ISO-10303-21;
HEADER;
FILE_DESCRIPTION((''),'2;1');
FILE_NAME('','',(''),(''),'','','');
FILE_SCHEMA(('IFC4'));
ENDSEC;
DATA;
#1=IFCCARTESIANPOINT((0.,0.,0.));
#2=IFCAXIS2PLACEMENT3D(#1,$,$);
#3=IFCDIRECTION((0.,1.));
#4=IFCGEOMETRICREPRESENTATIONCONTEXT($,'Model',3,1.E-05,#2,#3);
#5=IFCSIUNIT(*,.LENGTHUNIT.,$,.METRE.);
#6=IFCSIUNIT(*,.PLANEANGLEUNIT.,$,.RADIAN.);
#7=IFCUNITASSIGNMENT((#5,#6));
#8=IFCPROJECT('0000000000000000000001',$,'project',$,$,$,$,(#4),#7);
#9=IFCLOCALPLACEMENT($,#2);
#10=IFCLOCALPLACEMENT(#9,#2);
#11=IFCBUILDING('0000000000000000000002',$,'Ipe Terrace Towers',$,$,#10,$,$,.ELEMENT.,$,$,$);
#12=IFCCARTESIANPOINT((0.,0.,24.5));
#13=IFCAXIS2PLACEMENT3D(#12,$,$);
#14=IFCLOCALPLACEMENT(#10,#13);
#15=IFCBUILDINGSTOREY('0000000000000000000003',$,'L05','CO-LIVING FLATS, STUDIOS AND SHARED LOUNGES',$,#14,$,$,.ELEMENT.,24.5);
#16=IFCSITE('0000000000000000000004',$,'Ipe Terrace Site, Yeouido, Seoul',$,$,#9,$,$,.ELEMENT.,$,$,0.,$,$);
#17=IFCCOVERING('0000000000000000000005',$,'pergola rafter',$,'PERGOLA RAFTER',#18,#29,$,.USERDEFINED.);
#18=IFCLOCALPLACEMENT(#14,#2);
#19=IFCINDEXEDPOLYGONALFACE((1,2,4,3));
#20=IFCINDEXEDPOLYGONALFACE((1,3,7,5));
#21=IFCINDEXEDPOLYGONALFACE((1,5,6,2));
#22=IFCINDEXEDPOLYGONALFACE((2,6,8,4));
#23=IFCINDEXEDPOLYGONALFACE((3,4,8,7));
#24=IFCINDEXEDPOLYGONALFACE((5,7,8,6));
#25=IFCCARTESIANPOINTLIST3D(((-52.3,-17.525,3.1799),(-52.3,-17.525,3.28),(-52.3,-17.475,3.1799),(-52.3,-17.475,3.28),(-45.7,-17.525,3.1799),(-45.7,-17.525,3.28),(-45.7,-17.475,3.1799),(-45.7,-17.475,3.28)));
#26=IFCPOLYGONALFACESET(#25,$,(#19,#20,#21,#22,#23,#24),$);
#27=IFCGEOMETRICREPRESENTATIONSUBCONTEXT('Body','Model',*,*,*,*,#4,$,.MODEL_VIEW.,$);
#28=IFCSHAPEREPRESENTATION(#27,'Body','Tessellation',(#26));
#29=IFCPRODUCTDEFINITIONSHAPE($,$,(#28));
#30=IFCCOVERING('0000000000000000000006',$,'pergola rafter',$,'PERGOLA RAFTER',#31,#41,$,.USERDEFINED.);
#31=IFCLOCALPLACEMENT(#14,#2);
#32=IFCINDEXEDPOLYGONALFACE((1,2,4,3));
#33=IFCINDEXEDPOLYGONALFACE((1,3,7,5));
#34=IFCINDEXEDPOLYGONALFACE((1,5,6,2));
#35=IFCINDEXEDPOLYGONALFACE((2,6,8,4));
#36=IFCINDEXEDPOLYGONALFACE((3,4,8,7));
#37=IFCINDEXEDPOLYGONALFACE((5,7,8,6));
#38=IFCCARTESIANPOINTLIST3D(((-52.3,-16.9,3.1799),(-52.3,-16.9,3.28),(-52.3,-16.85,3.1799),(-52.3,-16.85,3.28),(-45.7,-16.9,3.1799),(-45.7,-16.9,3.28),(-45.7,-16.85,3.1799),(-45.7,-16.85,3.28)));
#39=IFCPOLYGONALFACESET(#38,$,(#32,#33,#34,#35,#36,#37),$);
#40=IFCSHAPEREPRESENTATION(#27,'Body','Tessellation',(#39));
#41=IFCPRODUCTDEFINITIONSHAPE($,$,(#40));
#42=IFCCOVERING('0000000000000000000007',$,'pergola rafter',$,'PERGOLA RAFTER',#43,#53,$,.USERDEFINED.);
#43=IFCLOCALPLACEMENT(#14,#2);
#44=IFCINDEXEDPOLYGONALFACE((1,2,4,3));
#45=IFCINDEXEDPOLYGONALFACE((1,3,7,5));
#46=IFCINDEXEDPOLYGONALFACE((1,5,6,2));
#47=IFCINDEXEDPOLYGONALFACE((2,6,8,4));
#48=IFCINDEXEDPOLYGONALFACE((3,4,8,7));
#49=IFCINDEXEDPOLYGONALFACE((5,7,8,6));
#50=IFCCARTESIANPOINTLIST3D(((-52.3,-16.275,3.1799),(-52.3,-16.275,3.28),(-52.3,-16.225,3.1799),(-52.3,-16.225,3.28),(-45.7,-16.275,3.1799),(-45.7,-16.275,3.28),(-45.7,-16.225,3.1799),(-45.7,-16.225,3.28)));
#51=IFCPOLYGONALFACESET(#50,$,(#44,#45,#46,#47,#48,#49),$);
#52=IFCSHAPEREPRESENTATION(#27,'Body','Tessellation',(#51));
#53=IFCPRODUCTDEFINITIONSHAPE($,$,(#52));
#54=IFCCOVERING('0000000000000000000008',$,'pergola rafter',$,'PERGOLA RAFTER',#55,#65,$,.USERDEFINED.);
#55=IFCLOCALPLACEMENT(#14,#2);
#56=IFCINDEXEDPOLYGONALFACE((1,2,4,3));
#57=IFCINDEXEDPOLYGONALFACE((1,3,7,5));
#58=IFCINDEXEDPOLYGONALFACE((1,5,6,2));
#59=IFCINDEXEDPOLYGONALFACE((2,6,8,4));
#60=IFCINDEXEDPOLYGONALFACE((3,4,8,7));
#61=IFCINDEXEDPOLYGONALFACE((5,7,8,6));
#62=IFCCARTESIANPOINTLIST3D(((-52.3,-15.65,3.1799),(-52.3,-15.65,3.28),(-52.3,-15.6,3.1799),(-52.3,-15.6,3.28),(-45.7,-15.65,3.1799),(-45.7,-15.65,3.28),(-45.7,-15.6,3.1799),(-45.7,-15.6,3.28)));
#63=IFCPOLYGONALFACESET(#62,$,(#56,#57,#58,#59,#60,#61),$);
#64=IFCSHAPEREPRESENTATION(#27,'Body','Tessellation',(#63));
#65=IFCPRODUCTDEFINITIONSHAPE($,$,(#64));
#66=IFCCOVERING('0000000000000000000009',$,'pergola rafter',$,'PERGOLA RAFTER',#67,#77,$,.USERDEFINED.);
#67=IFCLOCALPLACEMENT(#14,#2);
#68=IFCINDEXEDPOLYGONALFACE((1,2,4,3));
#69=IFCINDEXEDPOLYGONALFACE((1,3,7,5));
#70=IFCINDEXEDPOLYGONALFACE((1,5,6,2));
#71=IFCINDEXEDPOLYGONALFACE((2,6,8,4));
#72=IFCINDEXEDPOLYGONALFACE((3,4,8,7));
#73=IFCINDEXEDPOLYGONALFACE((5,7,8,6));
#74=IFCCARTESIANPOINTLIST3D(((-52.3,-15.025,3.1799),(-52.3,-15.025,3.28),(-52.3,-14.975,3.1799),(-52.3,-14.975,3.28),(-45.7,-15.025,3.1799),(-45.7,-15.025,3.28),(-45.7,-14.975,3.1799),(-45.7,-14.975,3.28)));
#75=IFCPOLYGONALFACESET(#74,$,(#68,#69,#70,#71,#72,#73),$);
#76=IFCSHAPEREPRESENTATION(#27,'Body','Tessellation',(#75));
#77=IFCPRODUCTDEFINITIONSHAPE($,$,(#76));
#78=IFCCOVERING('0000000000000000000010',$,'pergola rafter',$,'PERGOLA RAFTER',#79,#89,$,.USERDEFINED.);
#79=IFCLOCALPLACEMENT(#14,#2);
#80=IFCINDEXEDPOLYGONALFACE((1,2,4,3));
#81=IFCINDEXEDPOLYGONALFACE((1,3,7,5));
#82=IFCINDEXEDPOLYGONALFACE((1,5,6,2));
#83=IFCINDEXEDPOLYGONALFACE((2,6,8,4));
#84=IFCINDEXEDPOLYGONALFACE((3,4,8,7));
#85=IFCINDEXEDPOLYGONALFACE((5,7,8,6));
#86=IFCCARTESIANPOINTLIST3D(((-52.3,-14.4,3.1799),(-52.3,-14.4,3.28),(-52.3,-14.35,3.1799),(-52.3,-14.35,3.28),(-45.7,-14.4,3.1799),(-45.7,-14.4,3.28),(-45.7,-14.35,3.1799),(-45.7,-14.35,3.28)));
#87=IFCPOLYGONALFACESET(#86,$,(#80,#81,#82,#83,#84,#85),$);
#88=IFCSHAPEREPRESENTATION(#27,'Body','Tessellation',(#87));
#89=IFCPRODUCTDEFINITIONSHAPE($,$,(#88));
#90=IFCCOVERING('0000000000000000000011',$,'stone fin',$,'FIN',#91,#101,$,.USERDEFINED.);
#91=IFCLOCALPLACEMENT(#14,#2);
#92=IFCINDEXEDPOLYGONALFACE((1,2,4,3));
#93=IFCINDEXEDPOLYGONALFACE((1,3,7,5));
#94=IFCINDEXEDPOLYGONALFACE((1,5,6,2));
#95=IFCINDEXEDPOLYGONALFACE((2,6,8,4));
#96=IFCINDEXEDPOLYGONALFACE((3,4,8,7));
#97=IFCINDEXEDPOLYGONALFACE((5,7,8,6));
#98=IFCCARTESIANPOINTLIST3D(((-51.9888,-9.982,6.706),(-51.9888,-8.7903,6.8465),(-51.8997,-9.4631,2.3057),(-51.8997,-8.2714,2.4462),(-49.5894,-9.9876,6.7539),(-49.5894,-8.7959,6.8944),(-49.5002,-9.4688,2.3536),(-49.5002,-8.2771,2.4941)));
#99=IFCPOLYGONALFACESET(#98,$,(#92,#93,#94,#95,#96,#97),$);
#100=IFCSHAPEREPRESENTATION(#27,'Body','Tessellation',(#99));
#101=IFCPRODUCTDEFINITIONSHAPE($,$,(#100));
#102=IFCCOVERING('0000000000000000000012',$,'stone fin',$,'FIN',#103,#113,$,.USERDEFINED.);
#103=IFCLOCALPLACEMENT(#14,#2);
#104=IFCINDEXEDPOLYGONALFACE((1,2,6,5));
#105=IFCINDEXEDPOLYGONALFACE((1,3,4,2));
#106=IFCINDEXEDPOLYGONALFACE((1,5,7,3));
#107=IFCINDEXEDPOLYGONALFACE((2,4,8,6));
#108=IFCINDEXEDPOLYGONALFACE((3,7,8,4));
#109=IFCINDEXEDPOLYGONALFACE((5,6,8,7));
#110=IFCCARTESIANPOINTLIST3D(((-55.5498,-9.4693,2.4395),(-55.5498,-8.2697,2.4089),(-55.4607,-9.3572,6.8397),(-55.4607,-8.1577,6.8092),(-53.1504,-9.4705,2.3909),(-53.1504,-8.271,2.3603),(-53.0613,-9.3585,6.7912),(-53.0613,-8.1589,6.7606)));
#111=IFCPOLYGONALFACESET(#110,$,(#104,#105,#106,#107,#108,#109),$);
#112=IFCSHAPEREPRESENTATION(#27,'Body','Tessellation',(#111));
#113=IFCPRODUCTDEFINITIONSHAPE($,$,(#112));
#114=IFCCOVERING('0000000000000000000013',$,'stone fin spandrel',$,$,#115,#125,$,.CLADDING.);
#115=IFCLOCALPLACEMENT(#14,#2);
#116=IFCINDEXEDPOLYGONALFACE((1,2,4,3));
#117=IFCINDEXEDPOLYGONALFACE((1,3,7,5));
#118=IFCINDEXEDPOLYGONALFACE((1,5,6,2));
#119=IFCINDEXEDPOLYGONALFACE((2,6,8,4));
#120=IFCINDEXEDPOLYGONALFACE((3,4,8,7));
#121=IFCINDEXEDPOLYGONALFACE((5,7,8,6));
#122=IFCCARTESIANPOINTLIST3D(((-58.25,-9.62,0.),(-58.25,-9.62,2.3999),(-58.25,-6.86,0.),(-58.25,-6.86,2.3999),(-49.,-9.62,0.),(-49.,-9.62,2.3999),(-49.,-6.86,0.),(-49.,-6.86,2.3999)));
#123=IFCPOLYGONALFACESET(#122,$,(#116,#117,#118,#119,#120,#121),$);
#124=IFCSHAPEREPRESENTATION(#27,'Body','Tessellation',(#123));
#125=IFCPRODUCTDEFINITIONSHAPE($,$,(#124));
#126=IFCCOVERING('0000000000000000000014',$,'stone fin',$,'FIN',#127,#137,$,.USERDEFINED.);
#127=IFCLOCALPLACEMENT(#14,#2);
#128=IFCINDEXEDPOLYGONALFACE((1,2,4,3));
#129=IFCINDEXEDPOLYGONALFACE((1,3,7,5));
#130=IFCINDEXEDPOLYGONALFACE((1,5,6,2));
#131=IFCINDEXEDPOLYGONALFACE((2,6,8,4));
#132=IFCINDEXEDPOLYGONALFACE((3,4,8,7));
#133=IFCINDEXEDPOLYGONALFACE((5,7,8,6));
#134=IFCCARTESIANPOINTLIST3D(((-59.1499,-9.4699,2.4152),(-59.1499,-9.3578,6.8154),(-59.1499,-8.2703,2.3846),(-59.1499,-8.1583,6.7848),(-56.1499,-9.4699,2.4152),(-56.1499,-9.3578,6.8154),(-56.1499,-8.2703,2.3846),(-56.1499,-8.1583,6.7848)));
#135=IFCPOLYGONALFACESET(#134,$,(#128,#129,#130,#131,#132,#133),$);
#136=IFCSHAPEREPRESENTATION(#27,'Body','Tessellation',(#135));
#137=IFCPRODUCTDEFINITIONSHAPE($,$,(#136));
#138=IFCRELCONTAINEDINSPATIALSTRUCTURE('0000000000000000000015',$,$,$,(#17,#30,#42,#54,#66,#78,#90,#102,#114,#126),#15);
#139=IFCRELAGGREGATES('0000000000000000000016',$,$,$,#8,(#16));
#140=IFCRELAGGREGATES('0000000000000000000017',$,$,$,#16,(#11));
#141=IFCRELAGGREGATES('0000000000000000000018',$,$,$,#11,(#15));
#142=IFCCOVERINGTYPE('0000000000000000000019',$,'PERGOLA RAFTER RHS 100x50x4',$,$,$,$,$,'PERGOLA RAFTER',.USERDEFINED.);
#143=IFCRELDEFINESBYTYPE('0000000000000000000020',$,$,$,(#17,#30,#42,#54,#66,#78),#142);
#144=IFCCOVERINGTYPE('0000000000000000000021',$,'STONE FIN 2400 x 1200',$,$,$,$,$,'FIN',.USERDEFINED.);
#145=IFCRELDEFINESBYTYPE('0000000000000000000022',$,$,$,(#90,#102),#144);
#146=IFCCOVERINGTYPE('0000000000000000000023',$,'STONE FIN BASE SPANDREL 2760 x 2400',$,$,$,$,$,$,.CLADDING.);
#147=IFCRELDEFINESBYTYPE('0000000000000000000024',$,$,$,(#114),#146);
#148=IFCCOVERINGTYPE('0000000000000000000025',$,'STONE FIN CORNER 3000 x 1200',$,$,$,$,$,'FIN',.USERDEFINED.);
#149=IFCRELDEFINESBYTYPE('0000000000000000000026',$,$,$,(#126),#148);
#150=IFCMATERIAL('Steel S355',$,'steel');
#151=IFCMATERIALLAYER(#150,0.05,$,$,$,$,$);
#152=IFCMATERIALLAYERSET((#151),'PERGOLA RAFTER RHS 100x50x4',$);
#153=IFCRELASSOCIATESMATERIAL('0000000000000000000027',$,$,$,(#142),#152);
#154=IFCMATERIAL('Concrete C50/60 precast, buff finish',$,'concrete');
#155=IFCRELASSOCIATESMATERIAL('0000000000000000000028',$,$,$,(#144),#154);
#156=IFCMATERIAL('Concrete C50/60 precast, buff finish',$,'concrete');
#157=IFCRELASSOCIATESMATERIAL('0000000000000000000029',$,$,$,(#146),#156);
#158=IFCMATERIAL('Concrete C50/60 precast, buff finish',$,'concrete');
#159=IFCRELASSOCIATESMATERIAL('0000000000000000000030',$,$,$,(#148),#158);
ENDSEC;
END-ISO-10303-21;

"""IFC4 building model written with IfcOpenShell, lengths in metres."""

from ifc_helpers import new_model, si_unit, direction, frame, origin, origin_2d, place, context, subcontext, project, spatial, rectangle, extrude, material, layer, layer_set, material_profile, profile_set, type_object, element, save


model = new_model("IFC4")

# Units and contexts
model_context = context("Model", 3, precision=1e-05, world=origin(), true_north=direction((0.0, 1.0)))
body_context = subcontext(model_context, "Body", "Model", "MODEL_VIEW")
ifc_project = project(units=[si_unit("LENGTHUNIT", "METRE"), si_unit("PLANEANGLEUNIT", "RADIAN")], contexts=[model_context])

# Site, building, storey
site_placement = place(None, origin())
site = spatial("IfcSite", under=ifc_project, at=site_placement, Name="Ipe Terrace Site, Yeouido, Seoul", CompositionType="ELEMENT", RefElevation=0.0)
building_placement = place(site_placement, origin())
building = spatial("IfcBuilding", under=site, at=building_placement, Name="Ipe Terrace Towers", CompositionType="ELEMENT")
storey_placement = place(building_placement, frame((0.0, 0.0, 24.5)))
storey = spatial("IfcBuildingStorey", under=building, at=storey_placement, Name="L05", Description="CO-LIVING FLATS, STUDIOS AND SHARED LOUNGES", CompositionType="ELEMENT", Elevation=24.5)

# Coverings
ifc_material_1 = material(Name="Steel S355", Category="steel")
ifc_layer_1 = layer(ifc_material_1, 0.05)
ifc_layer_set_1 = layer_set([ifc_layer_1], Name="PERGOLA RAFTER RHS 100x50x4")
covering_type_1 = type_object("IfcCoveringType", Name="PERGOLA RAFTER RHS 100x50x4", ElementType="PERGOLA RAFTER", PredefinedType="USERDEFINED", material=ifc_layer_set_1)
for number, where, z_axis, x_axis, name in (
    (1, (-49.0, -17.5, 3.1799), (0.0, 0.0, 1.0), (1.0, 0.0, 0.0), "pergola rafter"),
    (2, (-49.0, -16.875, 3.1799), (0.0, 0.0, 1.0), (1.0, 0.0, 0.0), "pergola rafter"),
    (3, (-49.0, -16.25, 3.1799), (0.0, 0.0, 1.0), (1.0, 0.0, 0.0), "pergola rafter"),
    (4, (-49.0, -15.625, 3.1799), (0.0, 0.0, 1.0), (1.0, 0.0, 0.0), "pergola rafter"),
    (5, (-49.0, -15.0, 3.1799), (0.0, 0.0, 1.0), (1.0, 0.0, 0.0), "pergola rafter"),
    (6, (-49.0, -14.375, 3.1799), (0.0, 0.0, 1.0), (1.0, 0.0, 0.0), "pergola rafter"),
):
    element("IfcCovering", number, at=place(storey_placement, frame(where, z_axis=z_axis, x_axis=x_axis)), inside=storey, type_object=covering_type_1, Name=name, ObjectType="PERGOLA RAFTER", PredefinedType="USERDEFINED", context=body_context, shape_type="SweptSolid", body=[
        extrude(rectangle(XDim=6.6001, YDim=0.05, at=origin_2d()), origin(), (0.0, 0.0, 1.0), 0.1001),
    ])

# Coverings
ifc_material_2 = material(Name="Concrete C50/60 precast, buff finish", Category="concrete")
ifc_material_profile_1 = material_profile(ifc_material_2, rectangle(XDim=2.3999, YDim=1.2, at=origin_2d()), Name="STONE FIN 2400 x 1200")
ifc_profile_set_1 = profile_set([ifc_material_profile_1], Name="Concrete C50/60 precast, buff finish")
covering_type_2 = type_object("IfcCoveringType", Name="STONE FIN 2400 x 1200", ElementType="FIN", PredefinedType="USERDEFINED", material=ifc_profile_set_1)
covering_1_placement = place(storey_placement, frame((-50.7, -8.8701, 2.3999), z_axis=(-0.020109, -0.11707, 0.99292), x_axis=(0.999798, -0.002355, 0.01997)))
element("IfcCovering", 7, at=covering_1_placement, inside=storey, type_object=covering_type_2, Name="stone fin", ObjectType="FIN", PredefinedType="USERDEFINED", context=body_context, shape_type="SweptSolid", body=[
    extrude(rectangle(XDim=2.3999, YDim=1.2, at=origin_2d()), origin(), (0.0, 0.0, 1.0), 4.4316),
])
covering_2_placement = place(storey_placement, frame((-54.3501, -8.8701, 2.3999), z_axis=(0.020241, 0.025454, 0.999471), x_axis=(0.999795, -0.000515, -0.020235)))
element("IfcCovering", 8, at=covering_2_placement, inside=storey, type_object=covering_type_2, Name="stone fin", ObjectType="FIN", PredefinedType="USERDEFINED", context=body_context, shape_type="SweptSolid", body=[
    extrude(rectangle(XDim=2.3999, YDim=1.2, at=origin_2d()), origin(), (0.0, 0.0, 1.0), 4.4026),
])
ifc_material_3 = material(Name="Concrete C50/60 precast, buff finish", Category="concrete")
ifc_material_profile_2 = material_profile(ifc_material_3, rectangle(XDim=2.76, YDim=2.3999, at=origin_2d()), Name="STONE FIN BASE SPANDREL 2760 x 2400")
ifc_profile_set_2 = profile_set([ifc_material_profile_2], Name="Concrete C50/60 precast, buff finish")
covering_type_3 = type_object("IfcCoveringType", Name="STONE FIN BASE SPANDREL 2760 x 2400", PredefinedType="CLADDING", material=ifc_profile_set_2)
covering_3_placement = place(storey_placement, frame((-58.25, -8.24, 1.2), z_axis=(1.0, 0.0, 0.0), x_axis=(0.0, -1.0, 0.0)))
element("IfcCovering", 9, at=covering_3_placement, inside=storey, type_object=covering_type_3, Name="stone fin spandrel", PredefinedType="CLADDING", context=body_context, shape_type="SweptSolid", body=[
    extrude(rectangle(XDim=2.76, YDim=2.3999, at=origin_2d()), origin(), (0.0, 0.0, 1.0), 9.25),
])
ifc_material_4 = material(Name="Concrete C50/60 precast, buff finish", Category="concrete")
ifc_material_profile_3 = material_profile(ifc_material_4, rectangle(XDim=3.0, YDim=1.2, at=origin_2d()), Name="STONE FIN CORNER 3000 x 1200")
ifc_profile_set_3 = profile_set([ifc_material_profile_3], Name="Concrete C50/60 precast, buff finish")
covering_type_4 = type_object("IfcCoveringType", Name="STONE FIN CORNER 3000 x 1200", ElementType="FIN", PredefinedType="USERDEFINED", material=ifc_profile_set_3)
covering_4_placement = place(storey_placement, frame((-57.6499, -8.8701, 2.3999), z_axis=(0.0, 0.025459, 0.999676), x_axis=(1.0, 0.0, 0.0)))
element("IfcCovering", 10, at=covering_4_placement, inside=storey, type_object=covering_type_4, Name="stone fin", ObjectType="FIN", PredefinedType="USERDEFINED", context=body_context, shape_type="SweptSolid", body=[
    extrude(rectangle(XDim=3.0, YDim=1.2, at=origin_2d()), origin(), (0.0, 0.0, 1.0), 4.4016),
])

save(model, "model.ifc")
